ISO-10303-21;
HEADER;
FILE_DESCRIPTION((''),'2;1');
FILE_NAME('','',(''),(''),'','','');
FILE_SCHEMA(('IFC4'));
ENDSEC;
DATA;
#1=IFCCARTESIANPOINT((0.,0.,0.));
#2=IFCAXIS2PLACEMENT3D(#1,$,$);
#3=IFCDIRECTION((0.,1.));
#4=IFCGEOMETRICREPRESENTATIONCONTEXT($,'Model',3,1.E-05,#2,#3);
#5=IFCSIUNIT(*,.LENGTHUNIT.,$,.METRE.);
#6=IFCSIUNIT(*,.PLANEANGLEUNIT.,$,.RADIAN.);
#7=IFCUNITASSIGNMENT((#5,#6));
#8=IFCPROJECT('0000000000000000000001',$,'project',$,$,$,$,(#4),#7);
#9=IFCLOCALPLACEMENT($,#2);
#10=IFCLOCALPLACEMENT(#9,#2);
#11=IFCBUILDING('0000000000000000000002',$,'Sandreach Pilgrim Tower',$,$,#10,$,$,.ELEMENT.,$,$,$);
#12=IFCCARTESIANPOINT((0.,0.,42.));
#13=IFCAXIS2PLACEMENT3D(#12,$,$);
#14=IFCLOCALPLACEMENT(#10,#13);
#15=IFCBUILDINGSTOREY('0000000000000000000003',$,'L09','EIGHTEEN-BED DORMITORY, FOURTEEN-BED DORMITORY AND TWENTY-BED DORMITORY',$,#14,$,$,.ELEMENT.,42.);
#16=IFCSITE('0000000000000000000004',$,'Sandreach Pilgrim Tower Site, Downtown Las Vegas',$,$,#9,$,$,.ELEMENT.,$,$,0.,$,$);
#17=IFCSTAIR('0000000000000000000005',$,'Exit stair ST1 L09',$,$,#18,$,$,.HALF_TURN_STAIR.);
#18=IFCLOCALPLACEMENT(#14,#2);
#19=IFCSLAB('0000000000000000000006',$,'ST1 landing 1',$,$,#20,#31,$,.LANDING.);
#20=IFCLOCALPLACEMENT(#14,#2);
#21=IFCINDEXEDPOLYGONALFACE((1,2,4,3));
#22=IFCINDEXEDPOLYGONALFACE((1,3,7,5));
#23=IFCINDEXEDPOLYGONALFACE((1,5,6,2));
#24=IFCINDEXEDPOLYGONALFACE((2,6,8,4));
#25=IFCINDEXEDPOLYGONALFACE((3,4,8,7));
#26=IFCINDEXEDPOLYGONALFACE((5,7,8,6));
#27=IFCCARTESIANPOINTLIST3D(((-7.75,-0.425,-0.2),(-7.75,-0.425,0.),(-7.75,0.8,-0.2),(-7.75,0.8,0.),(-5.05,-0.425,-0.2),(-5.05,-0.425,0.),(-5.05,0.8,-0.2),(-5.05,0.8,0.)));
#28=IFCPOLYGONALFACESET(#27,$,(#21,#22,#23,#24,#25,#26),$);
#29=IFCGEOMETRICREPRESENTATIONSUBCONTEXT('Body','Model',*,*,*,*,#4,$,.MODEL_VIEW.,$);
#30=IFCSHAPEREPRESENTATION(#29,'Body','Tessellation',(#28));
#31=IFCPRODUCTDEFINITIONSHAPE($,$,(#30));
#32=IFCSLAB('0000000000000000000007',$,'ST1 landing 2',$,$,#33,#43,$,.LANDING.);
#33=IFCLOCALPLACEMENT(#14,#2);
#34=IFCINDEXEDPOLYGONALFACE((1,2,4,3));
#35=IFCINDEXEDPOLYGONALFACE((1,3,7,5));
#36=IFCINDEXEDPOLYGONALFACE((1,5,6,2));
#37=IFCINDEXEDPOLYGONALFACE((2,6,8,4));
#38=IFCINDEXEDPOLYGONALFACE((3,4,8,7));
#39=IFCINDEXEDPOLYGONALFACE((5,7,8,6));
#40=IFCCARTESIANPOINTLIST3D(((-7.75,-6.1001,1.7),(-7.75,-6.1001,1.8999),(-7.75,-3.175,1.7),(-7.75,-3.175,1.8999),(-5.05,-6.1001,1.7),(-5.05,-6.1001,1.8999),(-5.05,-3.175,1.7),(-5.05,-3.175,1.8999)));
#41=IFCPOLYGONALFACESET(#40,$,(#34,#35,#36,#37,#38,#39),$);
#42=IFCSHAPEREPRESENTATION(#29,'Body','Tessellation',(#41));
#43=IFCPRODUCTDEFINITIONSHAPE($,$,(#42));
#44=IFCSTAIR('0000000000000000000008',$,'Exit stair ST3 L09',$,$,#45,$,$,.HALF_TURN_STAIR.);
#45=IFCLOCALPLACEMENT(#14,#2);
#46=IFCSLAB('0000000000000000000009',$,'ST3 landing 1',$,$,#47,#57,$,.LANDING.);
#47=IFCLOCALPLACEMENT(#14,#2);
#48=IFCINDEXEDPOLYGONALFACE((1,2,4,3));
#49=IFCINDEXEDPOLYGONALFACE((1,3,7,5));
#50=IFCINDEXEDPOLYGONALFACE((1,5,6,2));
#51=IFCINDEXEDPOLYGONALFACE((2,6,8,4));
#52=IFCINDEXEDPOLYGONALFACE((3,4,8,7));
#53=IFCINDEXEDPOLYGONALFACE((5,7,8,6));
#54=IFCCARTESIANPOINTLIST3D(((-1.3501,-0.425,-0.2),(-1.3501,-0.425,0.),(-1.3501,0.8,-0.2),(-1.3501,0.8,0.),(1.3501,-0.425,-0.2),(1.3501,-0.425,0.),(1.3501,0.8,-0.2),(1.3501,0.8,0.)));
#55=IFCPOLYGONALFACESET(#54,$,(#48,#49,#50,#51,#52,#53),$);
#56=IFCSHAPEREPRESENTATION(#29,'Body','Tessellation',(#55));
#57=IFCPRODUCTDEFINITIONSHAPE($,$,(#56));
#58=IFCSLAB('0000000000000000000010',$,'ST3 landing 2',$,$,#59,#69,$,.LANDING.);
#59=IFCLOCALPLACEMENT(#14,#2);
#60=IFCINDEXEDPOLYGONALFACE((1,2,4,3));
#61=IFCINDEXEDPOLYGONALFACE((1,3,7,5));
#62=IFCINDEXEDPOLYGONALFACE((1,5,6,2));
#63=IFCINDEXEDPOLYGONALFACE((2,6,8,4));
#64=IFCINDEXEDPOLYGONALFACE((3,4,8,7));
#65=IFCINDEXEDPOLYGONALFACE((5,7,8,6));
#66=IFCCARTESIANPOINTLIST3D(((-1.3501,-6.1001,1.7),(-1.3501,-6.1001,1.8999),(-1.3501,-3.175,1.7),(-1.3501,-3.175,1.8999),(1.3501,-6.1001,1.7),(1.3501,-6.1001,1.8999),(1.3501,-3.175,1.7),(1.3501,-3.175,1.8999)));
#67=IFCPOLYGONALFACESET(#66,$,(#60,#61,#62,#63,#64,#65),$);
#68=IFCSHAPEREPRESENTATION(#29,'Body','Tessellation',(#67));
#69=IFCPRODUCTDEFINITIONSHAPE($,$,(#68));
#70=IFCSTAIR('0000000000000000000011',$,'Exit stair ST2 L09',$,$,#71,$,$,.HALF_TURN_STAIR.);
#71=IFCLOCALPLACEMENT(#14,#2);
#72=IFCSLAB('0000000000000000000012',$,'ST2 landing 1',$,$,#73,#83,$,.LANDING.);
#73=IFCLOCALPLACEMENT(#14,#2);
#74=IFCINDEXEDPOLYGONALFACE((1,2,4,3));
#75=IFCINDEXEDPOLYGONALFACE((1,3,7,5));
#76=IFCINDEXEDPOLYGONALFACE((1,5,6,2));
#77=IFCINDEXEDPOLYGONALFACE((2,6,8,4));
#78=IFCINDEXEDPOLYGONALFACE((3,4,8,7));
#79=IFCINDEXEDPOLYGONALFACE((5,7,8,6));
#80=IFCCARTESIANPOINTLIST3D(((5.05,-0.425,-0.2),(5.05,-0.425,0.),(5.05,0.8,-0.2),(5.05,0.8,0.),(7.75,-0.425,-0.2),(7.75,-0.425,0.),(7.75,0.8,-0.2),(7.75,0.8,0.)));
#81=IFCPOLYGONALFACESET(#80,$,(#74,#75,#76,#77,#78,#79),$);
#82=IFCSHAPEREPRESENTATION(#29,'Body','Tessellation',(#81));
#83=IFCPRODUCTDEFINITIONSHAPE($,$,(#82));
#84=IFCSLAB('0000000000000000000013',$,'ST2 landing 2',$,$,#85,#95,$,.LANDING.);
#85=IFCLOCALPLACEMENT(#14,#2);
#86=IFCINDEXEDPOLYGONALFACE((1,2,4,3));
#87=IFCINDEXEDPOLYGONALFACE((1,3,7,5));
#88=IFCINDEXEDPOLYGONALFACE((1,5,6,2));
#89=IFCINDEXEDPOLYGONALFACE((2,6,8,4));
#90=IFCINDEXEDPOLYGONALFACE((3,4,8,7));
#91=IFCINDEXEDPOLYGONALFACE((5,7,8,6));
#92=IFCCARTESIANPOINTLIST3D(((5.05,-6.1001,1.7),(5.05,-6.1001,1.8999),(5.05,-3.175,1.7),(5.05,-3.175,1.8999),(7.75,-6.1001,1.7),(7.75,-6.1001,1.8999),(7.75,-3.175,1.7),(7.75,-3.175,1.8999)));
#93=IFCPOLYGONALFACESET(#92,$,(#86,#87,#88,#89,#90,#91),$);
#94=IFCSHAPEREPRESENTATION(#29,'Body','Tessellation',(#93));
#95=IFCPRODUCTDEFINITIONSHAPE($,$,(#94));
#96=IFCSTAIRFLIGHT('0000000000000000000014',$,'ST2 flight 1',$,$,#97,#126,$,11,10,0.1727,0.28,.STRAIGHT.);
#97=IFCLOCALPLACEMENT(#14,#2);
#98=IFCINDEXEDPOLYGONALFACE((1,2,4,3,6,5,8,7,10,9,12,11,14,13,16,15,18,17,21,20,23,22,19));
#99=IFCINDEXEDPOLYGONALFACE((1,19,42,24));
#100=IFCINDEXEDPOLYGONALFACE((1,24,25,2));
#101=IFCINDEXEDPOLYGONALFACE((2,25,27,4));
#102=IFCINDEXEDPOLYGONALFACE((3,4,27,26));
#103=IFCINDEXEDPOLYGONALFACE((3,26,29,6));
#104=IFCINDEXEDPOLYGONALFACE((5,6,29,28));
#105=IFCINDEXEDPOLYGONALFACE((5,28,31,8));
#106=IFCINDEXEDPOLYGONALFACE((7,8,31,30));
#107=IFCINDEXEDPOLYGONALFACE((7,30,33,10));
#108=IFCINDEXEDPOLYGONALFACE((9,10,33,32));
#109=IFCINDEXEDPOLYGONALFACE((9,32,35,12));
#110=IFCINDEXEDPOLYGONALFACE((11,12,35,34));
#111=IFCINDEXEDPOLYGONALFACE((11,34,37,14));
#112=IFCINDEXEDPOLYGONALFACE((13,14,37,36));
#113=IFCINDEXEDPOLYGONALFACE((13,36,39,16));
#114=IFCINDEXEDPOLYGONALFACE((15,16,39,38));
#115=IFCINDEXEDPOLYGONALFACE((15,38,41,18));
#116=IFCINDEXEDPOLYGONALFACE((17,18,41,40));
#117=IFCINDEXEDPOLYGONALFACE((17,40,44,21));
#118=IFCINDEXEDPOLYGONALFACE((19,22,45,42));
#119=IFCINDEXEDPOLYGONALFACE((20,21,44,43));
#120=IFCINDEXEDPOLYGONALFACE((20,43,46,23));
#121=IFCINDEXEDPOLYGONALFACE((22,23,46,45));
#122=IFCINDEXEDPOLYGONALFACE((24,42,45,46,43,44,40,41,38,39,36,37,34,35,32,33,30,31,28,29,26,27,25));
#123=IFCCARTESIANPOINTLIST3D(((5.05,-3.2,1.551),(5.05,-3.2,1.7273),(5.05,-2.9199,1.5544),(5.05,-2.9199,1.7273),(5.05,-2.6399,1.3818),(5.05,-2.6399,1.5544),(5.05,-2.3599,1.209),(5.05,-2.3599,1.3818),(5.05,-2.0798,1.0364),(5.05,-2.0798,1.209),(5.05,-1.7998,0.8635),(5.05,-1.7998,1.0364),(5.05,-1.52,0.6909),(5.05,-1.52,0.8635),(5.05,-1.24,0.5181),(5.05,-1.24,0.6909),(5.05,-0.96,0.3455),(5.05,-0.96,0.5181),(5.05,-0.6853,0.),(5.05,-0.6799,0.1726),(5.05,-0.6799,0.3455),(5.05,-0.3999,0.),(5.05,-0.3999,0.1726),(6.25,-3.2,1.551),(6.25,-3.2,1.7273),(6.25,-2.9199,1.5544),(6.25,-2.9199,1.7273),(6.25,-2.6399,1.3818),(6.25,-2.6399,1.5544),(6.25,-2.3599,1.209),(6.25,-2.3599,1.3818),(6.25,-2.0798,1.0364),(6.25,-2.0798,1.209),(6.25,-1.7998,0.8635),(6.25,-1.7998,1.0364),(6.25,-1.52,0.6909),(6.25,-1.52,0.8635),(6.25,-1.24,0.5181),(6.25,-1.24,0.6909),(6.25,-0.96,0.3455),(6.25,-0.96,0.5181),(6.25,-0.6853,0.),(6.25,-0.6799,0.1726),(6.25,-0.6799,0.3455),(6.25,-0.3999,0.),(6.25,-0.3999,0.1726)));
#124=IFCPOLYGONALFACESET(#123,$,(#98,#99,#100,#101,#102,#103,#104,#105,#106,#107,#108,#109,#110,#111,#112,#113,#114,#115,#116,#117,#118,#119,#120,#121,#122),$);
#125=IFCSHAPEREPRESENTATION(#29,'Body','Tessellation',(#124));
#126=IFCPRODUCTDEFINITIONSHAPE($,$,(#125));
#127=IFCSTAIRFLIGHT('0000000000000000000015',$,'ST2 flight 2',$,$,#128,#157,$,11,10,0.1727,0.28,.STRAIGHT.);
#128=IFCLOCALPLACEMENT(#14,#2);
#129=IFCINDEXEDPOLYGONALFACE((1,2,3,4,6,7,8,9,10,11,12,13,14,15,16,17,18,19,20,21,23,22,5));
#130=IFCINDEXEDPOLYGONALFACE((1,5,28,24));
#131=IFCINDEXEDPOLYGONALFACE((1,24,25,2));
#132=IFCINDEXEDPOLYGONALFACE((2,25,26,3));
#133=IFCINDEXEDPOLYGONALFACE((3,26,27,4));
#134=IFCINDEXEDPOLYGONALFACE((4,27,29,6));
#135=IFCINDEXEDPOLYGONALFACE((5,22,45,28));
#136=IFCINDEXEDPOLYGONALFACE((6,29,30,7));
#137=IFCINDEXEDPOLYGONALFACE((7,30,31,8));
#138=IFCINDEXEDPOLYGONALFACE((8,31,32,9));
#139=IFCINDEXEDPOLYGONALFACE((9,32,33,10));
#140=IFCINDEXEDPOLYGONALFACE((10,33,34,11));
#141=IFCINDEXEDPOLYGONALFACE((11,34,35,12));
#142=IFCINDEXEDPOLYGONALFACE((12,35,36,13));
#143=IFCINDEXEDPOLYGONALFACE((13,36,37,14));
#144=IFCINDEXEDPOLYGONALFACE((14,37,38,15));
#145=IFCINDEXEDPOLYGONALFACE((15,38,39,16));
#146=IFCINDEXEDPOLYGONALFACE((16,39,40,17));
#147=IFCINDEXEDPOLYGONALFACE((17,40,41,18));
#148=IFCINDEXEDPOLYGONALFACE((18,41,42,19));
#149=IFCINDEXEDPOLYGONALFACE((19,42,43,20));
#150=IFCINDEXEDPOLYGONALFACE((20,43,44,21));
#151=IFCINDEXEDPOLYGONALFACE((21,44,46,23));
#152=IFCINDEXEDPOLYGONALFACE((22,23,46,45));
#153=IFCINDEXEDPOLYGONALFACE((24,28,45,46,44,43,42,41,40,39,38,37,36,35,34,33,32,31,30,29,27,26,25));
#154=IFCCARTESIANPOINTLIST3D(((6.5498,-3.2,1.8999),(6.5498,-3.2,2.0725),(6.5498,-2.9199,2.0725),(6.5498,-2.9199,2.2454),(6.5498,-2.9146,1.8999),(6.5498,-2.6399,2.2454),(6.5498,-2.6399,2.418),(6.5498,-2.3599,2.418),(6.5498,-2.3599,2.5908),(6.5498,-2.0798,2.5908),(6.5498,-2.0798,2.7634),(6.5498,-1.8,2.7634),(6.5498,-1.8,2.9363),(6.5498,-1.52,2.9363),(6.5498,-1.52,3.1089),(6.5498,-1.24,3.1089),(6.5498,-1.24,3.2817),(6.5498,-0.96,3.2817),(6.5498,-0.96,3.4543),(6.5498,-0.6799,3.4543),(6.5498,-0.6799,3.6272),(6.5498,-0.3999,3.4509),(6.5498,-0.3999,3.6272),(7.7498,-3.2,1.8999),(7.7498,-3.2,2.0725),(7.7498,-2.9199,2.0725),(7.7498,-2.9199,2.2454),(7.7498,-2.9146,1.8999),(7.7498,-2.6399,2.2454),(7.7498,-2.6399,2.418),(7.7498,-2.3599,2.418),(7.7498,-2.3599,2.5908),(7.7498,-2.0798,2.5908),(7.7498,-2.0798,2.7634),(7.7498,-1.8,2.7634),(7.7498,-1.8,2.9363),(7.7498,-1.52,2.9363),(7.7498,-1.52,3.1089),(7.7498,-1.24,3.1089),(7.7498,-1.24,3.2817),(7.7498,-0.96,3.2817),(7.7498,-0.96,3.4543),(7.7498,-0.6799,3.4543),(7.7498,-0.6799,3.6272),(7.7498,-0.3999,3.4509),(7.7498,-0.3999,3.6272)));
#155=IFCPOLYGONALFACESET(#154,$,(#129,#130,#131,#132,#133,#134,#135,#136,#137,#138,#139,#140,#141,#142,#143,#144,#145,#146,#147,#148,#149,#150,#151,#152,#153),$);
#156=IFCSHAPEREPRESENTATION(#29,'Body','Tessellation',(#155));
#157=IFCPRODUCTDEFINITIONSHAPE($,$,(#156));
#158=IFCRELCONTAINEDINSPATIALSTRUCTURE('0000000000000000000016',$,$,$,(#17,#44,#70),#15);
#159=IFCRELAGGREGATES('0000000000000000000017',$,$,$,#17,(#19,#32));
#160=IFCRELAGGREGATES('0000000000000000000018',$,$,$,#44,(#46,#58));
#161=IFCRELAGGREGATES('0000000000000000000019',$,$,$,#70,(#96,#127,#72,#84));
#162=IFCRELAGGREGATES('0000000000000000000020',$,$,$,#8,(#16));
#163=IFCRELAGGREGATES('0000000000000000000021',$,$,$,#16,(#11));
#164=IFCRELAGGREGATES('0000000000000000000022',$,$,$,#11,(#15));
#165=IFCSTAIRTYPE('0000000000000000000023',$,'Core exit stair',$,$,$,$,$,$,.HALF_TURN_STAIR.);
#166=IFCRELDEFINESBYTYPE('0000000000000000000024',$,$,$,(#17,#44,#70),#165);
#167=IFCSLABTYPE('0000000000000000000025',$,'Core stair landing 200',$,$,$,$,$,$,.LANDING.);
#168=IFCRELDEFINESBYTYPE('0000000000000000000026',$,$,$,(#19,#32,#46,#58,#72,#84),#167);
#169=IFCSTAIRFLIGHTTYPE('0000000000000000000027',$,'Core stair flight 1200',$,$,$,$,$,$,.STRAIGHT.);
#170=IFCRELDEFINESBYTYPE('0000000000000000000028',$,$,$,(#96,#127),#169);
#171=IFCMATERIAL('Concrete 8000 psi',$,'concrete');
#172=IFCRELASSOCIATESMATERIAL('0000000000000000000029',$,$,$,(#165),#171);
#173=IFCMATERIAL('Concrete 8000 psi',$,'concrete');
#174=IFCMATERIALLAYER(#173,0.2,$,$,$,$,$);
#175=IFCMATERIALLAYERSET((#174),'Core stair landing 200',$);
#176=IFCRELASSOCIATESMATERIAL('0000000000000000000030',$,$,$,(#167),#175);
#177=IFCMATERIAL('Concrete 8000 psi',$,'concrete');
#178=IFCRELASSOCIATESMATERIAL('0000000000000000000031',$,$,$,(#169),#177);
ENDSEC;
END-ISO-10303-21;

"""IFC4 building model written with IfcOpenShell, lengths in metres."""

from ifc_helpers import new_model, si_unit, direction, frame, origin, place, context, subcontext, project, spatial, polyline, outline, extrude, material, layer, layer_set, type_object, element, aggregate, save


model = new_model("IFC4")

# Units and contexts
model_context = context("Model", 3, precision=1e-05, world=origin(), true_north=direction((0.0, 1.0)))
body_context = subcontext(model_context, "Body", "Model", "MODEL_VIEW")
ifc_project = project(units=[si_unit("LENGTHUNIT", "METRE"), si_unit("PLANEANGLEUNIT", "RADIAN")], contexts=[model_context])

# Site, building, storey
site_placement = place(None, origin())
site = spatial("IfcSite", under=ifc_project, at=site_placement, Name="Sandreach Pilgrim Tower Site, Downtown Las Vegas", CompositionType="ELEMENT", RefElevation=0.0)
building_placement = place(site_placement, origin())
building = spatial("IfcBuilding", under=site, at=building_placement, Name="Sandreach Pilgrim Tower", CompositionType="ELEMENT")
storey_placement = place(building_placement, frame((0.0, 0.0, 42.0)))
storey = spatial("IfcBuildingStorey", under=building, at=storey_placement, Name="L09", Description="EIGHTEEN-BED DORMITORY, FOURTEEN-BED DORMITORY AND TWENTY-BED DORMITORY", CompositionType="ELEMENT", Elevation=42.0)

# Stairs, slabs
ifc_material_1 = material(Name="Concrete 8000 psi", Category="concrete")
stair_type = type_object("IfcStairType", Name="Core exit stair", PredefinedType="HALF_TURN_STAIR", material=ifc_material_1)
stair_1_placement = place(storey_placement, origin())
stair_1 = element("IfcStair", 1, at=stair_1_placement, inside=storey, type_object=stair_type, Name="Exit stair ST1 L09", PredefinedType="HALF_TURN_STAIR")
ifc_material_2 = material(Name="Concrete 8000 psi", Category="concrete")
ifc_layer_1 = layer(ifc_material_2, 0.2)
ifc_layer_set_1 = layer_set([ifc_layer_1], Name="Core stair landing 200")
slab_type = type_object("IfcSlabType", Name="Core stair landing 200", PredefinedType="LANDING", material=ifc_layer_set_1)
slab_1_placement = place(storey_placement, frame((0.0, 0.0, -0.2)))
slab_1 = element("IfcSlab", 2, at=slab_1_placement, type_object=slab_type, Name="ST1 landing 1", PredefinedType="LANDING", context=body_context, shape_type="SweptSolid", body=[
    extrude(outline(polyline([(-7.75, -0.425), (-5.05, -0.425), (-5.05, 0.8), (-7.75, 0.8), (-7.75, -0.425)])), origin(), (0.0, 0.0, 1.0), 0.2),
])
slab_2_placement = place(storey_placement, frame((0.0, 0.0, 1.7)))
slab_2 = element("IfcSlab", 3, at=slab_2_placement, type_object=slab_type, Name="ST1 landing 2", PredefinedType="LANDING", context=body_context, shape_type="SweptSolid", body=[
    extrude(outline(polyline([(-7.75, -6.1001), (-5.05, -6.1001), (-5.05, -3.175), (-7.75, -3.175), (-7.75, -6.1001)])), origin(), (0.0, 0.0, 1.0), 0.2),
])
aggregate(stair_1, [slab_1, slab_2])
stair_2_placement = place(storey_placement, origin())
stair_2 = element("IfcStair", 4, at=stair_2_placement, inside=storey, type_object=stair_type, Name="Exit stair ST3 L09", PredefinedType="HALF_TURN_STAIR")
slab_3_placement = place(storey_placement, frame((0.0, 0.0, -0.2)))
slab_3 = element("IfcSlab", 5, at=slab_3_placement, type_object=slab_type, Name="ST3 landing 1", PredefinedType="LANDING", context=body_context, shape_type="SweptSolid", body=[
    extrude(outline(polyline([(-1.3501, -0.425), (1.3501, -0.425), (1.3501, 0.8), (-1.3501, 0.8), (-1.3501, -0.425)])), origin(), (0.0, 0.0, 1.0), 0.2),
])
slab_4_placement = place(storey_placement, frame((0.0, 0.0, 1.7)))
slab_4 = element("IfcSlab", 6, at=slab_4_placement, type_object=slab_type, Name="ST3 landing 2", PredefinedType="LANDING", context=body_context, shape_type="SweptSolid", body=[
    extrude(outline(polyline([(-1.3501, -6.1001), (1.3501, -6.1001), (1.3501, -3.175), (-1.3501, -3.175), (-1.3501, -6.1001)])), origin(), (0.0, 0.0, 1.0), 0.2),
])
aggregate(stair_2, [slab_3, slab_4])
stair_3_placement = place(storey_placement, origin())
stair_3 = element("IfcStair", 7, at=stair_3_placement, inside=storey, type_object=stair_type, Name="Exit stair ST2 L09", PredefinedType="HALF_TURN_STAIR")
slab_5_placement = place(storey_placement, frame((0.0, 0.0, -0.2)))
slab_5 = element("IfcSlab", 8, at=slab_5_placement, type_object=slab_type, Name="ST2 landing 1", PredefinedType="LANDING", context=body_context, shape_type="SweptSolid", body=[
    extrude(outline(polyline([(5.05, -0.425), (7.75, -0.425), (7.75, 0.8), (5.05, 0.8), (5.05, -0.425)])), origin(), (0.0, 0.0, 1.0), 0.2),
])
slab_6_placement = place(storey_placement, frame((0.0, 0.0, 1.7)))
slab_6 = element("IfcSlab", 9, at=slab_6_placement, type_object=slab_type, Name="ST2 landing 2", PredefinedType="LANDING", context=body_context, shape_type="SweptSolid", body=[
    extrude(outline(polyline([(5.05, -6.1001), (7.75, -6.1001), (7.75, -3.175), (5.05, -3.175), (5.05, -6.1001)])), origin(), (0.0, 0.0, 1.0), 0.2),
])

# Stair flights
ifc_material_3 = material(Name="Concrete 8000 psi", Category="concrete")
stair_flight_type = type_object("IfcStairFlightType", Name="Core stair flight 1200", PredefinedType="STRAIGHT", material=ifc_material_3)
stair_flight_1_placement = place(storey_placement, frame((5.6499, -0.3999, 0.0), z_axis=(0.0, 0.0, 1.0), x_axis=(0.0, -1.0, 0.0)))
stair_flight_1 = element("IfcStairFlight", 10, at=stair_flight_1_placement, type_object=stair_flight_type, Name="ST2 flight 1", NumberOfRisers=11, NumberOfTreads=10, PredefinedType="STRAIGHT", RiserHeight=0.1727, TreadLength=0.28, context=body_context, shape_type="SweptSolid", body=[
    extrude(outline(polyline([(0.0, 0.0), (0.0, 0.1726), (0.28, 0.1726), (0.28, 0.3455), (0.5601, 0.3455), (0.5601, 0.5181), (0.8401, 0.5181), (0.8401, 0.6909), (1.1201, 0.6909), (1.1201, 0.8635), (1.3999, 0.8635), (1.3999, 1.0364), (1.6799, 1.0364), (1.6799, 1.209), (1.96, 1.209), (1.96, 1.3818), (2.24, 1.3818), (2.24, 1.5544), (2.52, 1.5544), (2.52, 1.7273), (2.8, 1.7273), (2.8, 1.8999), (2.8, 1.551), (0.2854, 0.0), (0.0, 0.0)])), frame((0.0, 0.6001, 0.0), z_axis=(0.0, -1.0, 0.0), x_axis=(1.0, 0.0, 0.0)), (0.0, 0.0, 1.0), 1.2),
])
stair_flight_2_placement = place(storey_placement, frame((7.1499, -3.2, 1.8999), z_axis=(0.0, 0.0, 1.0), x_axis=(0.0, 1.0, 0.0)))
stair_flight_2 = element("IfcStairFlight", 11, at=stair_flight_2_placement, type_object=stair_flight_type, Name="ST2 flight 2", NumberOfRisers=11, NumberOfTreads=10, PredefinedType="STRAIGHT", RiserHeight=0.1727, TreadLength=0.28, context=body_context, shape_type="SweptSolid", body=[
    extrude(outline(polyline([(0.0, 0.0), (0.0, 0.1726), (0.28, 0.1726), (0.28, 0.3455), (0.5601, 0.3455), (0.5601, 0.5181), (0.8401, 0.5181), (0.8401, 0.6909), (1.1201, 0.6909), (1.1201, 0.8635), (1.3999, 0.8635), (1.3999, 1.0364), (1.6799, 1.0364), (1.6799, 1.209), (1.96, 1.209), (1.96, 1.3818), (2.24, 1.3818), (2.24, 1.5544), (2.52, 1.5544), (2.52, 1.7273), (2.8, 1.7273), (2.8, 1.8999), (2.8, 1.551), (0.2854, 0.0), (0.0, 0.0)])), frame((0.0, 0.6001, 0.0), z_axis=(0.0, -1.0, 0.0), x_axis=(1.0, 0.0, 0.0)), (0.0, 0.0, 1.0), 1.2),
])
aggregate(stair_3, [stair_flight_1, stair_flight_2, slab_5, slab_6])

save(model, "model.ifc")
